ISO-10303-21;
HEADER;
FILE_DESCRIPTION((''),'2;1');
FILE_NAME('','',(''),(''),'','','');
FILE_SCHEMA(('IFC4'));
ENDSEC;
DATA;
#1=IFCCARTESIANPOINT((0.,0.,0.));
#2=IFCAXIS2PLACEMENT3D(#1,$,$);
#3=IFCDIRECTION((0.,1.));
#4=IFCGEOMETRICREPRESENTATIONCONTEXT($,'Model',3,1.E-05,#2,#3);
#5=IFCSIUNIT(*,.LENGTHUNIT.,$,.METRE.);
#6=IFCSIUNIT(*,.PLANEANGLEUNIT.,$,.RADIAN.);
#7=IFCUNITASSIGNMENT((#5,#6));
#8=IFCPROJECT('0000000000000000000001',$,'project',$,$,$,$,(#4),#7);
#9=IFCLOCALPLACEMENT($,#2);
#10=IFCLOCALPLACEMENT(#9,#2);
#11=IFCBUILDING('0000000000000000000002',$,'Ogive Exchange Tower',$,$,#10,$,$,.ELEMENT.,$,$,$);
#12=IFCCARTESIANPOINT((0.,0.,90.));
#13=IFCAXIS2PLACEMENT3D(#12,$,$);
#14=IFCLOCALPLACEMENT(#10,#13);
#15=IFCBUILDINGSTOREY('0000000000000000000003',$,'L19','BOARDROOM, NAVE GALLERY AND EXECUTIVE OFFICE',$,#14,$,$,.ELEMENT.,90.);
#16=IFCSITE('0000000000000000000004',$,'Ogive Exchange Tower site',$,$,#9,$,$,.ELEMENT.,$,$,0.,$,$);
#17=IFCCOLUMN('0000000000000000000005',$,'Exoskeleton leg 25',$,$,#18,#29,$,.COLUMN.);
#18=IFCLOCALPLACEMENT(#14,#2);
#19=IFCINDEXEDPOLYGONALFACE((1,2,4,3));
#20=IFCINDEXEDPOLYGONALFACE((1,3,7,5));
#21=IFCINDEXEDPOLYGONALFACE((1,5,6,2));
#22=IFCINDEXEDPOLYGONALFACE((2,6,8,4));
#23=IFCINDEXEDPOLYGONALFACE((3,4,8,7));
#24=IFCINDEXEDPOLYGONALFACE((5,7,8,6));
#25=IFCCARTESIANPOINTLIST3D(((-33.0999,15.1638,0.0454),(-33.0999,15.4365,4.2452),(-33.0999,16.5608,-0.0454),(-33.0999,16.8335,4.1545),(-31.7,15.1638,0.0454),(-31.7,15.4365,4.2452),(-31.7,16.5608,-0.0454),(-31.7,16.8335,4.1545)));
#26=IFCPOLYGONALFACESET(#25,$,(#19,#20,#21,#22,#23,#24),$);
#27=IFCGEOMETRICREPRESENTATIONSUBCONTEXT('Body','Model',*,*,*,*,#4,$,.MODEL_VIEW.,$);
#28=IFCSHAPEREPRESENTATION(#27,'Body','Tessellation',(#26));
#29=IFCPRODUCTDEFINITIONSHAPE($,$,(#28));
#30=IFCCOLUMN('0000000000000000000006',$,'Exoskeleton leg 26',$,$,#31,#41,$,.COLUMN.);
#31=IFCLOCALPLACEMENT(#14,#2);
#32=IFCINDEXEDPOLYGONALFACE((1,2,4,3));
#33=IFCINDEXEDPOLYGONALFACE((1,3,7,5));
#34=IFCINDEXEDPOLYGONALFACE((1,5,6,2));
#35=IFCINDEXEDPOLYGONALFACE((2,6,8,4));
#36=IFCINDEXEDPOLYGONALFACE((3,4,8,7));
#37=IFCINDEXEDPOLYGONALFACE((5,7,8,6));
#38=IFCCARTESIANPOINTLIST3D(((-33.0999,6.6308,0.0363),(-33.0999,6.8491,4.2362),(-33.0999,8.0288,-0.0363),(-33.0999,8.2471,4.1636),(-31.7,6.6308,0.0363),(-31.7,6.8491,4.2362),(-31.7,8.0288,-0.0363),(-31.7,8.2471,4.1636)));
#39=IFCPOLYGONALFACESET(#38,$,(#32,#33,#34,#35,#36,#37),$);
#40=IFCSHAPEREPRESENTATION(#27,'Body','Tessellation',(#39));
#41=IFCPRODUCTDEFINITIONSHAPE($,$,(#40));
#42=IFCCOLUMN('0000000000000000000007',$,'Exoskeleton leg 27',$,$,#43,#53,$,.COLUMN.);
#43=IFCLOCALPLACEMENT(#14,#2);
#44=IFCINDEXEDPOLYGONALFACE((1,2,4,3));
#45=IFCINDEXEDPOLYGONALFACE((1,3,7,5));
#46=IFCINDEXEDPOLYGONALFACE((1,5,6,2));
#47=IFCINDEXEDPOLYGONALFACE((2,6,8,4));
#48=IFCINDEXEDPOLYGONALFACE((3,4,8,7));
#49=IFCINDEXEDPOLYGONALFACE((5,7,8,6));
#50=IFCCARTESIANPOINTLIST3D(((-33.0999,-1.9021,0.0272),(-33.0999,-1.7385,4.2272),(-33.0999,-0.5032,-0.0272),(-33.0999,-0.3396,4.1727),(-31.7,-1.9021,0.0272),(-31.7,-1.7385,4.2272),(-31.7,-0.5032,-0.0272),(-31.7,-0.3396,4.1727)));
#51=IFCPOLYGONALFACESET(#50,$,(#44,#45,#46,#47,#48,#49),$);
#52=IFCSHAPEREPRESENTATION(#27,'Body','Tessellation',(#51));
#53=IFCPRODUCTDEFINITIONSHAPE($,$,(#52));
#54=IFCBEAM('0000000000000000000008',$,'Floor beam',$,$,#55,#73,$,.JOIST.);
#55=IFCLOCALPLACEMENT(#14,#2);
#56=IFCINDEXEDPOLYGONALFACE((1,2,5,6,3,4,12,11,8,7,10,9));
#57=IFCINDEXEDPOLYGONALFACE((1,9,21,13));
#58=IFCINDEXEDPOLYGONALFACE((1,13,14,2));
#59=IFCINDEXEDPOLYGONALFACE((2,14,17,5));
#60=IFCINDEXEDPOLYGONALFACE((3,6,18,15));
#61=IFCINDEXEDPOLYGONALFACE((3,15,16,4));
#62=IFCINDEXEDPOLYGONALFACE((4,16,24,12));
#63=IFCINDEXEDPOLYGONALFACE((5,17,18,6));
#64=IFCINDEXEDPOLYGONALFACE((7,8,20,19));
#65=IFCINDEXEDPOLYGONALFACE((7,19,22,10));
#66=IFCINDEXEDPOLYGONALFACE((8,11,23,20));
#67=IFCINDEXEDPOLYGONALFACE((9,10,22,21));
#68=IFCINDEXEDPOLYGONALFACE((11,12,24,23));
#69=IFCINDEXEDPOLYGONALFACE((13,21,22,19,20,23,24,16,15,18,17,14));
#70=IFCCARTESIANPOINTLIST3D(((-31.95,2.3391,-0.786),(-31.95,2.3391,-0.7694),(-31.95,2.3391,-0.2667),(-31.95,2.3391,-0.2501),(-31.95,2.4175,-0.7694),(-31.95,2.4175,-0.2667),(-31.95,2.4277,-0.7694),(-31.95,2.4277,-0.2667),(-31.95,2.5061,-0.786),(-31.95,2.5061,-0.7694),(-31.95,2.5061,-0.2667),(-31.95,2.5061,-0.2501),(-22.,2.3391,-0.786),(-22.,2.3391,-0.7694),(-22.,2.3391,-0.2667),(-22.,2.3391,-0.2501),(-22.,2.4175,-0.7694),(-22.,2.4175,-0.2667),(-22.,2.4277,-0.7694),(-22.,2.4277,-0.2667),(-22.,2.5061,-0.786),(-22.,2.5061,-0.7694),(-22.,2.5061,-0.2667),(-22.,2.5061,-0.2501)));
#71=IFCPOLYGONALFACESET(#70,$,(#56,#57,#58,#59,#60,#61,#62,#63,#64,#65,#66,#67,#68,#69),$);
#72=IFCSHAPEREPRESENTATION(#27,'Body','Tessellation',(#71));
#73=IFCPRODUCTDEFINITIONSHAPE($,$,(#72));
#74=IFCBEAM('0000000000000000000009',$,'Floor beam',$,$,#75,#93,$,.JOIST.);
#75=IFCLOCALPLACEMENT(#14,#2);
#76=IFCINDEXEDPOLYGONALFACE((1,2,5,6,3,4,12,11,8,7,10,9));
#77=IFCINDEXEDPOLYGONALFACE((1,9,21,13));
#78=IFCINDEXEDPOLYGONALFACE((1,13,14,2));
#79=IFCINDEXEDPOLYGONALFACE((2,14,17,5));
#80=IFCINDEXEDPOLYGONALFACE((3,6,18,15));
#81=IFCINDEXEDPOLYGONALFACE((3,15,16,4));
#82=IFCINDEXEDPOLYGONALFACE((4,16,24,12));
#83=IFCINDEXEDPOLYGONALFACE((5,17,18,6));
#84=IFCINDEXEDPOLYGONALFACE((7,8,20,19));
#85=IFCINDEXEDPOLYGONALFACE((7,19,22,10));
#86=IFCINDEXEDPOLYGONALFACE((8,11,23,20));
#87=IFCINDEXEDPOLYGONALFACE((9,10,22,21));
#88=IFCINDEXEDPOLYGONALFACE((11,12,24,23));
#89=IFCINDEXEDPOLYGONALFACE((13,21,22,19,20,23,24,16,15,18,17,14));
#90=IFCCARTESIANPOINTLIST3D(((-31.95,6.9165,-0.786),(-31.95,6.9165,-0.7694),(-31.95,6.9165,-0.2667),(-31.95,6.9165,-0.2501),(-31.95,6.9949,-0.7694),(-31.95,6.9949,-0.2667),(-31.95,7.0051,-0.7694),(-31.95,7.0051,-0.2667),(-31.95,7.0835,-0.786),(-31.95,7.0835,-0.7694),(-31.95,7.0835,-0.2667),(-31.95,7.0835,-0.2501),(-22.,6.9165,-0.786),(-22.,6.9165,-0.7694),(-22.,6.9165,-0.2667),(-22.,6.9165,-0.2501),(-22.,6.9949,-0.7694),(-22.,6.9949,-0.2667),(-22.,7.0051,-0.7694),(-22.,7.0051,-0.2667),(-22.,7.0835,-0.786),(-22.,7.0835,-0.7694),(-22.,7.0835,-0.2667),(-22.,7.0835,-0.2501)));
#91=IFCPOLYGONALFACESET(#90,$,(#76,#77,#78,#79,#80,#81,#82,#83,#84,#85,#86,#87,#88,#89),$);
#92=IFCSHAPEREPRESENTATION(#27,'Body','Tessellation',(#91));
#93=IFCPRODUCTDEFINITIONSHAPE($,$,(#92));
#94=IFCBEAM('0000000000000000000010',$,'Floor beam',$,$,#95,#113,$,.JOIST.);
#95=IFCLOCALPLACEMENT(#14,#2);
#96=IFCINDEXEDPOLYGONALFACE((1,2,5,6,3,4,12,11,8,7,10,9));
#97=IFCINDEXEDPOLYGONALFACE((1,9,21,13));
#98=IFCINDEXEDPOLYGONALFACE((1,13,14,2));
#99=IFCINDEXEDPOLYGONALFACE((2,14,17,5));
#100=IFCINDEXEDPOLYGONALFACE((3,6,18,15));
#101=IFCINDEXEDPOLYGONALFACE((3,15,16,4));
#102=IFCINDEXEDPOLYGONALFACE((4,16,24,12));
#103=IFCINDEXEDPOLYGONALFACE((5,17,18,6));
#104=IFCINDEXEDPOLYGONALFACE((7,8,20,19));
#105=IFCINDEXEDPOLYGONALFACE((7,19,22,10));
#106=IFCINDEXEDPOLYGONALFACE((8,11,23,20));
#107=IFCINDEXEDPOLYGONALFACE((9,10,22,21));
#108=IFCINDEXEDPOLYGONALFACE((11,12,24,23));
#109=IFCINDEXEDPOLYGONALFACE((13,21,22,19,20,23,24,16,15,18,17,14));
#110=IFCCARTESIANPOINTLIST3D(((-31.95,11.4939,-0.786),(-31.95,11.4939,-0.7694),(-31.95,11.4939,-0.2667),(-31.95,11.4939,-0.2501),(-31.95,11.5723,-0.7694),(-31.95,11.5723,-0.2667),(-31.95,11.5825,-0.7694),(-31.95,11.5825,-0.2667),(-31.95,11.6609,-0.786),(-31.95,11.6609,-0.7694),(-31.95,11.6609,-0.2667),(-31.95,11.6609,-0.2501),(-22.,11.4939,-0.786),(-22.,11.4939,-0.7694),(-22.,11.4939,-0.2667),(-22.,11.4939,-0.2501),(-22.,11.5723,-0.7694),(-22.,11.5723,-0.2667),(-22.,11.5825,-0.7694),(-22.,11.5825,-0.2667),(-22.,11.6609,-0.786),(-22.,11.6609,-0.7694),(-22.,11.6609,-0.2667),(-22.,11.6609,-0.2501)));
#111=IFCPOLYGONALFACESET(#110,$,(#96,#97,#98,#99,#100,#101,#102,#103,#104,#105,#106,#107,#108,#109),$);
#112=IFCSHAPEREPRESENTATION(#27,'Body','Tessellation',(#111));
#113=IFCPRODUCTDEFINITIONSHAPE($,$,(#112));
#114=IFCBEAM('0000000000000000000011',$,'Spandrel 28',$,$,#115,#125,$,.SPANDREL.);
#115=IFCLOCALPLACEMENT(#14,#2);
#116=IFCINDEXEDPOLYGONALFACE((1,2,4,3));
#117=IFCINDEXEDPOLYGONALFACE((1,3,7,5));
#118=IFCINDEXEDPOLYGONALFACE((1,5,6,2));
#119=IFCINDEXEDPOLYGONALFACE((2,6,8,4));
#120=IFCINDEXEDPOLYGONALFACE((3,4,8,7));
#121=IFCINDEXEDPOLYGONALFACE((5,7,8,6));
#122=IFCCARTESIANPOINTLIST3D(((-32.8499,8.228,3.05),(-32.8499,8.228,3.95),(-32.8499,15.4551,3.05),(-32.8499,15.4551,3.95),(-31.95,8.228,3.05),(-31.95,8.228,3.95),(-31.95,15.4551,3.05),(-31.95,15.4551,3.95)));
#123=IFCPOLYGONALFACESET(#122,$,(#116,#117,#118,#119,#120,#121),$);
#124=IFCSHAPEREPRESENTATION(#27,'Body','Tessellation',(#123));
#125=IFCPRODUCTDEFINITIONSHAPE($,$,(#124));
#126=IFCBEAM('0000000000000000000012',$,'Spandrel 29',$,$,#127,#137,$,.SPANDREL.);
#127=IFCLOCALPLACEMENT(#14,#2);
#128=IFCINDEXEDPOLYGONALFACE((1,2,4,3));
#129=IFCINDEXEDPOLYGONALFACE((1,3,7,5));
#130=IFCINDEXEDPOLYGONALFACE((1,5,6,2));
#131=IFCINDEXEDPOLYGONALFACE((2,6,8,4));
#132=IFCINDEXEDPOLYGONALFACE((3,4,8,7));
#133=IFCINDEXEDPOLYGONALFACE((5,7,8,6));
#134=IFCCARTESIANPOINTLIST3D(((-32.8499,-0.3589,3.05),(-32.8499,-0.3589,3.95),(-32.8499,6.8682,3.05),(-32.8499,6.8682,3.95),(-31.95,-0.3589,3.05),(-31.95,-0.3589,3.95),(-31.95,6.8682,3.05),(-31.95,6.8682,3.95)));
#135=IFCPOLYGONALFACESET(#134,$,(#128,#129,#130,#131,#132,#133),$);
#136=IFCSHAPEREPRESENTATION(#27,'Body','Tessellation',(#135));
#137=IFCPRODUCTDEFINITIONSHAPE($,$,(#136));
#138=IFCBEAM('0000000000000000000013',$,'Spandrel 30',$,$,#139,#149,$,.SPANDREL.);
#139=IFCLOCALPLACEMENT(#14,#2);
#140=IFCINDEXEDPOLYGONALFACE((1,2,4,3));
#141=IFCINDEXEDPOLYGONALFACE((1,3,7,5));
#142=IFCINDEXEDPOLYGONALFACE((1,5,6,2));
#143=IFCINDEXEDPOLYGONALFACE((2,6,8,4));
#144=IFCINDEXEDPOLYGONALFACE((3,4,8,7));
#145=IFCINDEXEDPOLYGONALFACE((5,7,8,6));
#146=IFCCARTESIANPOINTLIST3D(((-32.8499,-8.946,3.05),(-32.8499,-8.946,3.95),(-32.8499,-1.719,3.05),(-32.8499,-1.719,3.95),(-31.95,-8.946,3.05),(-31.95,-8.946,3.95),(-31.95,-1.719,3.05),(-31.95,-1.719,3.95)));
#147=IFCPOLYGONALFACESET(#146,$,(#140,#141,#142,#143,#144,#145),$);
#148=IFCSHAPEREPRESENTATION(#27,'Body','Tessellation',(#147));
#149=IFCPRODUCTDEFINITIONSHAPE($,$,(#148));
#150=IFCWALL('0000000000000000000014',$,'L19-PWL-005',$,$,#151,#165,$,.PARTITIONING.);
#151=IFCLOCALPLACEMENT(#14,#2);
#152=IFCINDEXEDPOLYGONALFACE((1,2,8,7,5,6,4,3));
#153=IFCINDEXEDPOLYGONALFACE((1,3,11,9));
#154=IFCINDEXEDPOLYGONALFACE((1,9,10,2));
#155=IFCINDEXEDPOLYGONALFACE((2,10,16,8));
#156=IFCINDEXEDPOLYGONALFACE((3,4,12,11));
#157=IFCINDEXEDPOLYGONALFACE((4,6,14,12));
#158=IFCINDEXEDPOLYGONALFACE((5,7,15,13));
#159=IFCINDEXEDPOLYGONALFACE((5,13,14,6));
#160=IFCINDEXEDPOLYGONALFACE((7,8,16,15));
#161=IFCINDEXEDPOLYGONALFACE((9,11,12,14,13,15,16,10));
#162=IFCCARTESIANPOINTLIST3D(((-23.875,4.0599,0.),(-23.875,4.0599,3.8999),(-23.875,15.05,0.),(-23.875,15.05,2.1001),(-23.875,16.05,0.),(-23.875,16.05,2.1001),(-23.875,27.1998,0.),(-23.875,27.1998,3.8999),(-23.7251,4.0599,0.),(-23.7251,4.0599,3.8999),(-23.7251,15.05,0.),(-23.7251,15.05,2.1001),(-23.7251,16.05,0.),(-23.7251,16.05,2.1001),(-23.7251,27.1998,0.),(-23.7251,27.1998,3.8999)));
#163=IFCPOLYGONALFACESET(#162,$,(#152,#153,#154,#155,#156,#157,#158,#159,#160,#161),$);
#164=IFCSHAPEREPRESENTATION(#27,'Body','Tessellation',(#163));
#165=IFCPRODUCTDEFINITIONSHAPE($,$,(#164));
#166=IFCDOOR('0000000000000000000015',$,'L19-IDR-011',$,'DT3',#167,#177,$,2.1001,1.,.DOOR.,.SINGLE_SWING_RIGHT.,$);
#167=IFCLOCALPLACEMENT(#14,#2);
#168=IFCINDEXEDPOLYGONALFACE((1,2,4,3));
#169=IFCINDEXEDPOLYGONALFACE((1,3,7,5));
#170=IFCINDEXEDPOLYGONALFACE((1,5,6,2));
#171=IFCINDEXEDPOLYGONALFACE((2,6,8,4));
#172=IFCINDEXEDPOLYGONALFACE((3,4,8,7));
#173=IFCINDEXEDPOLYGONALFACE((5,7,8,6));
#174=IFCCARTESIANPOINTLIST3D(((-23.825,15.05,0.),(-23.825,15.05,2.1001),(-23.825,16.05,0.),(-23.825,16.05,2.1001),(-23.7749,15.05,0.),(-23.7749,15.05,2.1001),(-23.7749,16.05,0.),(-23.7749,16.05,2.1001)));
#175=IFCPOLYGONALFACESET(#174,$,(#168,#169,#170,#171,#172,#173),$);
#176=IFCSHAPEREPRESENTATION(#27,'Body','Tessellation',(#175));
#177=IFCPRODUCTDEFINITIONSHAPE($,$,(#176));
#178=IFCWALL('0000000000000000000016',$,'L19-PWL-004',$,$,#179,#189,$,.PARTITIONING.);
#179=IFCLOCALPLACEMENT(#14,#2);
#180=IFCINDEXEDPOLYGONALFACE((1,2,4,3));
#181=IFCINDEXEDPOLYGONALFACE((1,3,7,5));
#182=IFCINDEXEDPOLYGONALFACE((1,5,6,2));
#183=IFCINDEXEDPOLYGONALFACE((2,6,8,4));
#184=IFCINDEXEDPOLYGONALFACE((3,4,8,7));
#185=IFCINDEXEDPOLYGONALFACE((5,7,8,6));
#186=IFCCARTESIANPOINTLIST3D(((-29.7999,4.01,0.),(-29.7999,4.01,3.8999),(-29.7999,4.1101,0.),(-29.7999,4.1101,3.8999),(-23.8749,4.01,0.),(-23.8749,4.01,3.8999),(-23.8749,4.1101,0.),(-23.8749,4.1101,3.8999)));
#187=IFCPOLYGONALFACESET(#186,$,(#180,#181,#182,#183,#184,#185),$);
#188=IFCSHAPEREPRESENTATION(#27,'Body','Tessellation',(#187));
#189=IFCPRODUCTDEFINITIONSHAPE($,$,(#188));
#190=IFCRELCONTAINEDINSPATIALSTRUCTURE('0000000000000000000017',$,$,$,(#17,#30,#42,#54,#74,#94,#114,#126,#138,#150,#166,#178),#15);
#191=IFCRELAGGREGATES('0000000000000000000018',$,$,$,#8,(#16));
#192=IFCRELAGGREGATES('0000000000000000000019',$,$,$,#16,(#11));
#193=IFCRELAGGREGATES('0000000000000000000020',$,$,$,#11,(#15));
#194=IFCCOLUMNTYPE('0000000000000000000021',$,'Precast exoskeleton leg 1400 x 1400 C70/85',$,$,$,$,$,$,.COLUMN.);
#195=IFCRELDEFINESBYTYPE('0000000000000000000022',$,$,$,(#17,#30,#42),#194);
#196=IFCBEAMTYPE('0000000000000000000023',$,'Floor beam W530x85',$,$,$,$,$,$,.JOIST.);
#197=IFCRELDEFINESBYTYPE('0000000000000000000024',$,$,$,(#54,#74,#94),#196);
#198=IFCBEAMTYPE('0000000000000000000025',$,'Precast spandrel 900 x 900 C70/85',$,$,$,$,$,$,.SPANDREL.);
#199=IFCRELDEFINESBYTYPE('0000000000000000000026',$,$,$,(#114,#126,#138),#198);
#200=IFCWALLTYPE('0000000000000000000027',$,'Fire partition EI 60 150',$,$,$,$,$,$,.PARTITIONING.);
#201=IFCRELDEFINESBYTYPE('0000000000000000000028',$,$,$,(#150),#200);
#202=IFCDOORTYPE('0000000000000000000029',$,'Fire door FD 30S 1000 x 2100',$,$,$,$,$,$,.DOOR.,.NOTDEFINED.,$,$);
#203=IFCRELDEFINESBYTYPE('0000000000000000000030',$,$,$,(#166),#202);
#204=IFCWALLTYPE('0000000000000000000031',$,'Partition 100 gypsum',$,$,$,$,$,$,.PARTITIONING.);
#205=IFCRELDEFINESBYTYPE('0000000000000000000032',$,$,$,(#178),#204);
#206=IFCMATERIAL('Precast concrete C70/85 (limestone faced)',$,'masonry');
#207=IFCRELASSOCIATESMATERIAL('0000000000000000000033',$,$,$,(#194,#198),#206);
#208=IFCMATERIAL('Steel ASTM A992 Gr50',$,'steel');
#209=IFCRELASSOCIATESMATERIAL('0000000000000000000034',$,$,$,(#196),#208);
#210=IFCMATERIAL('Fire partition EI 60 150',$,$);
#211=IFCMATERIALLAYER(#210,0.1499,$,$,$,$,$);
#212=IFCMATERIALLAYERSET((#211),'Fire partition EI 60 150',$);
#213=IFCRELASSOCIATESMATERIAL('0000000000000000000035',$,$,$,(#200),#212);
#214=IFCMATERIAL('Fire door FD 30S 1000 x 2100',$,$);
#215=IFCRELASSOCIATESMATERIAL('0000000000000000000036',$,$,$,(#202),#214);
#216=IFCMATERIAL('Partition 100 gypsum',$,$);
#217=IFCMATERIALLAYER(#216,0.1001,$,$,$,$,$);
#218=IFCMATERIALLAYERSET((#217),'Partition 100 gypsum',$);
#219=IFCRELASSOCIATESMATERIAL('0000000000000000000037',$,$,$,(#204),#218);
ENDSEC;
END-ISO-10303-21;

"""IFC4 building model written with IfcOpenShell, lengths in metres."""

from ifc_helpers import new_model, si_unit, direction, frame, frame_2d, origin, origin_2d, place, context, subcontext, project, spatial, rectangle, i_section, extrude, material, layer, layer_set, material_profile, profile_set, type_object, element, fill, save


model = new_model("IFC4")

# Units and contexts
model_context = context("Model", 3, precision=1e-05, world=origin(), true_north=direction((0.0, 1.0)))
body_context = subcontext(model_context, "Body", "Model", "MODEL_VIEW")
ifc_project = project(units=[si_unit("LENGTHUNIT", "METRE"), si_unit("PLANEANGLEUNIT", "RADIAN")], contexts=[model_context])

# Site, building, storey
site_placement = place(None, origin())
site = spatial("IfcSite", under=ifc_project, at=site_placement, Name="Ogive Exchange Tower site", CompositionType="ELEMENT", RefElevation=0.0)
building_placement = place(site_placement, origin())
building = spatial("IfcBuilding", under=site, at=building_placement, Name="Ogive Exchange Tower", CompositionType="ELEMENT")
storey_placement = place(building_placement, frame((0.0, 0.0, 90.0)))
storey = spatial("IfcBuildingStorey", under=building, at=storey_placement, Name="L19", Description="BOARDROOM, NAVE GALLERY AND EXECUTIVE OFFICE", CompositionType="ELEMENT", Elevation=90.0)

# Columns
ifc_material_1 = material(Name="Precast concrete C70/85 (limestone faced)", Category="masonry")
ifc_material_profile_1 = material_profile(ifc_material_1, rectangle(XDim=1.3999, YDim=1.3999, at=origin_2d()), Name="1400 x 1400")
ifc_profile_set_1 = profile_set([ifc_material_profile_1], Name="Precast concrete C70/85 (limestone faced)")
column_type = type_object("IfcColumnType", Name="Precast exoskeleton leg 1400 x 1400 C70/85", PredefinedType="COLUMN", material=ifc_profile_set_1)
column_1_placement = place(storey_placement, frame((-32.3999, 15.8623, 0.0), z_axis=(0.0, 0.064794, 0.997899), x_axis=(-1.0, 0.0, 0.0)))
element("IfcColumn", 1, at=column_1_placement, inside=storey, type_object=column_type, Name="Exoskeleton leg 25", PredefinedType="COLUMN", context=body_context, shape_type="SweptSolid", body=[
    extrude(rectangle(XDim=1.3999, YDim=1.3999, at=origin_2d()), origin(), (0.0, 0.0, 1.0), 4.2087),
])
column_2_placement = place(storey_placement, frame((-32.3999, 7.3298, 0.0), z_axis=(0.0, 0.051898, 0.998652), x_axis=(-1.0, 0.0, 0.0)))
element("IfcColumn", 2, at=column_2_placement, inside=storey, type_object=column_type, Name="Exoskeleton leg 26", PredefinedType="COLUMN", context=body_context, shape_type="SweptSolid", body=[
    extrude(rectangle(XDim=1.3999, YDim=1.3999, at=origin_2d()), origin(), (0.0, 0.0, 1.0), 4.2056),
])
column_3_placement = place(storey_placement, frame((-32.3999, -1.2026, 0.0), z_axis=(0.0, 0.038917, 0.999242), x_axis=(-1.0, 0.0, 0.0)))
element("IfcColumn", 3, at=column_3_placement, inside=storey, type_object=column_type, Name="Exoskeleton leg 27", PredefinedType="COLUMN", context=body_context, shape_type="SweptSolid", body=[
    extrude(rectangle(XDim=1.3999, YDim=1.3999, at=origin_2d()), origin(), (0.0, 0.0, 1.0), 4.2031),
])

# Beams
ifc_material_2 = material(Name="Steel ASTM A992 Gr50", Category="steel")
ifc_material_profile_2 = material_profile(ifc_material_2, i_section(OverallWidth=0.167, OverallDepth=0.5359, WebThickness=0.0103, FlangeThickness=0.0166, at=origin_2d()), Name="W530x85")
ifc_profile_set_2 = profile_set([ifc_material_profile_2], Name="Steel ASTM A992 Gr50")
beam_type_1 = type_object("IfcBeamType", Name="Floor beam W530x85", PredefinedType="JOIST", material=ifc_profile_set_2)
for number, where, z_axis, x_axis, name in (
    (4, (-31.95, 2.4226, -0.5181), (1.0, 0.0, 0.0), (0.0, 1.0, 0.0), "Floor beam"),
    (5, (-31.95, 7.0, -0.5181), (1.0, 0.0, 0.0), (0.0, 1.0, 0.0), "Floor beam"),
    (6, (-31.95, 11.5774, -0.5181), (1.0, 0.0, 0.0), (0.0, 1.0, 0.0), "Floor beam"),
):
    element("IfcBeam", number, at=place(storey_placement, frame(where, z_axis=z_axis, x_axis=x_axis)), inside=storey, type_object=beam_type_1, Name=name, PredefinedType="JOIST", context=body_context, shape_type="SweptSolid", body=[
        extrude(i_section(OverallWidth=0.167, OverallDepth=0.5359, WebThickness=0.0103, FlangeThickness=0.0166, at=origin_2d()), origin(), (0.0, 0.0, 1.0), 9.95),
    ])
ifc_material_profile_3 = material_profile(ifc_material_1, rectangle(XDim=0.8999, YDim=0.8999, at=origin_2d()), Name="900 x 900")
ifc_profile_set_3 = profile_set([ifc_material_profile_3], Name="Precast concrete C70/85 (limestone faced)")
beam_type_2 = type_object("IfcBeamType", Name="Precast spandrel 900 x 900 C70/85", PredefinedType="SPANDREL", material=ifc_profile_set_3)
for number, where, z_axis, x_axis, name in (
    (7, (-32.3999, 15.4551, 3.5), (0.0, -1.0, 0.0), (1.0, 0.0, 0.0), "Spandrel 28"),
    (8, (-32.3999, 6.8682, 3.5), (0.0, -1.0, 0.0), (1.0, 0.0, 0.0), "Spandrel 29"),
    (9, (-32.3999, -1.719, 3.5), (0.0, -1.0, 0.0), (1.0, 0.0, 0.0), "Spandrel 30"),
):
    element("IfcBeam", number, at=place(storey_placement, frame(where, z_axis=z_axis, x_axis=x_axis)), inside=storey, type_object=beam_type_2, Name=name, PredefinedType="SPANDREL", context=body_context, shape_type="SweptSolid", body=[
        extrude(rectangle(XDim=0.8999, YDim=0.8999, at=origin_2d()), origin(), (0.0, 0.0, 1.0), 7.2271),
    ])

# Wall, opening, door
ifc_material_3 = material(Name="Fire partition EI 60 150")
ifc_layer_1 = layer(ifc_material_3, 0.1499)
ifc_layer_set_1 = layer_set([ifc_layer_1], Name="Fire partition EI 60 150")
wall_type_1 = type_object("IfcWallType", Name="Fire partition EI 60 150", PredefinedType="PARTITIONING", material=ifc_layer_set_1)
wall_1_placement = place(storey_placement, frame((-23.8, 4.0601, 0.0), z_axis=(0.0, 0.0, 1.0), x_axis=(0.0, 1.0, 0.0)))
wall_1 = element("IfcWall", 10, at=wall_1_placement, inside=storey, type_object=wall_type_1, Name="L19-PWL-005", PredefinedType="PARTITIONING", context=body_context, shape_type="SweptSolid", body=[
    extrude(rectangle(XDim=23.1399, YDim=0.1499, at=frame_2d((11.5698, 0.0))), origin(), (0.0, 0.0, 1.0), 3.8999),
])
opening_1_placement = place(wall_1_placement, frame((10.99, 0.0, 0.0)))
opening_1 = element("IfcOpeningElement", 11, at=opening_1_placement, cuts=wall_1, PredefinedType="OPENING", context=body_context, shape_type="SweptSolid", body=[
    extrude(rectangle(XDim=1.0, YDim=2.1001, at=frame_2d((0.5, 1.05))), frame((0.0, 0.085, 0.0), z_axis=(0.0, -1.0, 0.0), x_axis=(1.0, 0.0, 0.0)), (0.0, 0.0, 1.0), 0.1699),
])
ifc_material_4 = material(Name="Fire door FD 30S 1000 x 2100")
door_type_1 = type_object("IfcDoorType", Name="Fire door FD 30S 1000 x 2100", OperationType="NOTDEFINED", PredefinedType="DOOR", material=ifc_material_4)
door_1_placement = place(opening_1_placement, origin())
door_1 = element("IfcDoor", 12, at=door_1_placement, inside=storey, type_object=door_type_1, Name="L19-IDR-011", ObjectType="DT3", OperationType="SINGLE_SWING_RIGHT", OverallHeight=2.1001, OverallWidth=1.0, PredefinedType="DOOR", context=body_context, shape_type="SweptSolid", body=[
    extrude(rectangle(XDim=1.0, YDim=2.1001, at=frame_2d((0.5, 1.05))), frame((0.0, 0.0249, 0.0), z_axis=(0.0, -1.0, 0.0), x_axis=(1.0, 0.0, 0.0)), (0.0, 0.0, 1.0), 0.05),
])
fill(opening_1, door_1)

# Wall
ifc_material_5 = material(Name="Partition 100 gypsum")
ifc_layer_2 = layer(ifc_material_5, 0.1001)
ifc_layer_set_2 = layer_set([ifc_layer_2], Name="Partition 100 gypsum")
wall_type_2 = type_object("IfcWallType", Name="Partition 100 gypsum", PredefinedType="PARTITIONING", material=ifc_layer_set_2)
wall_2_placement = place(storey_placement, frame((-23.875, 4.0601, 0.0), z_axis=(0.0, 0.0, 1.0), x_axis=(-1.0, 0.0, 0.0)))
element("IfcWall", 13, at=wall_2_placement, inside=storey, type_object=wall_type_2, Name="L19-PWL-004", PredefinedType="PARTITIONING", context=body_context, shape_type="SweptSolid", body=[
    extrude(rectangle(XDim=5.925, YDim=0.1001, at=frame_2d((2.9624, 0.0))), origin(), (0.0, 0.0, 1.0), 3.8999),
])

save(model, "model.ifc")
